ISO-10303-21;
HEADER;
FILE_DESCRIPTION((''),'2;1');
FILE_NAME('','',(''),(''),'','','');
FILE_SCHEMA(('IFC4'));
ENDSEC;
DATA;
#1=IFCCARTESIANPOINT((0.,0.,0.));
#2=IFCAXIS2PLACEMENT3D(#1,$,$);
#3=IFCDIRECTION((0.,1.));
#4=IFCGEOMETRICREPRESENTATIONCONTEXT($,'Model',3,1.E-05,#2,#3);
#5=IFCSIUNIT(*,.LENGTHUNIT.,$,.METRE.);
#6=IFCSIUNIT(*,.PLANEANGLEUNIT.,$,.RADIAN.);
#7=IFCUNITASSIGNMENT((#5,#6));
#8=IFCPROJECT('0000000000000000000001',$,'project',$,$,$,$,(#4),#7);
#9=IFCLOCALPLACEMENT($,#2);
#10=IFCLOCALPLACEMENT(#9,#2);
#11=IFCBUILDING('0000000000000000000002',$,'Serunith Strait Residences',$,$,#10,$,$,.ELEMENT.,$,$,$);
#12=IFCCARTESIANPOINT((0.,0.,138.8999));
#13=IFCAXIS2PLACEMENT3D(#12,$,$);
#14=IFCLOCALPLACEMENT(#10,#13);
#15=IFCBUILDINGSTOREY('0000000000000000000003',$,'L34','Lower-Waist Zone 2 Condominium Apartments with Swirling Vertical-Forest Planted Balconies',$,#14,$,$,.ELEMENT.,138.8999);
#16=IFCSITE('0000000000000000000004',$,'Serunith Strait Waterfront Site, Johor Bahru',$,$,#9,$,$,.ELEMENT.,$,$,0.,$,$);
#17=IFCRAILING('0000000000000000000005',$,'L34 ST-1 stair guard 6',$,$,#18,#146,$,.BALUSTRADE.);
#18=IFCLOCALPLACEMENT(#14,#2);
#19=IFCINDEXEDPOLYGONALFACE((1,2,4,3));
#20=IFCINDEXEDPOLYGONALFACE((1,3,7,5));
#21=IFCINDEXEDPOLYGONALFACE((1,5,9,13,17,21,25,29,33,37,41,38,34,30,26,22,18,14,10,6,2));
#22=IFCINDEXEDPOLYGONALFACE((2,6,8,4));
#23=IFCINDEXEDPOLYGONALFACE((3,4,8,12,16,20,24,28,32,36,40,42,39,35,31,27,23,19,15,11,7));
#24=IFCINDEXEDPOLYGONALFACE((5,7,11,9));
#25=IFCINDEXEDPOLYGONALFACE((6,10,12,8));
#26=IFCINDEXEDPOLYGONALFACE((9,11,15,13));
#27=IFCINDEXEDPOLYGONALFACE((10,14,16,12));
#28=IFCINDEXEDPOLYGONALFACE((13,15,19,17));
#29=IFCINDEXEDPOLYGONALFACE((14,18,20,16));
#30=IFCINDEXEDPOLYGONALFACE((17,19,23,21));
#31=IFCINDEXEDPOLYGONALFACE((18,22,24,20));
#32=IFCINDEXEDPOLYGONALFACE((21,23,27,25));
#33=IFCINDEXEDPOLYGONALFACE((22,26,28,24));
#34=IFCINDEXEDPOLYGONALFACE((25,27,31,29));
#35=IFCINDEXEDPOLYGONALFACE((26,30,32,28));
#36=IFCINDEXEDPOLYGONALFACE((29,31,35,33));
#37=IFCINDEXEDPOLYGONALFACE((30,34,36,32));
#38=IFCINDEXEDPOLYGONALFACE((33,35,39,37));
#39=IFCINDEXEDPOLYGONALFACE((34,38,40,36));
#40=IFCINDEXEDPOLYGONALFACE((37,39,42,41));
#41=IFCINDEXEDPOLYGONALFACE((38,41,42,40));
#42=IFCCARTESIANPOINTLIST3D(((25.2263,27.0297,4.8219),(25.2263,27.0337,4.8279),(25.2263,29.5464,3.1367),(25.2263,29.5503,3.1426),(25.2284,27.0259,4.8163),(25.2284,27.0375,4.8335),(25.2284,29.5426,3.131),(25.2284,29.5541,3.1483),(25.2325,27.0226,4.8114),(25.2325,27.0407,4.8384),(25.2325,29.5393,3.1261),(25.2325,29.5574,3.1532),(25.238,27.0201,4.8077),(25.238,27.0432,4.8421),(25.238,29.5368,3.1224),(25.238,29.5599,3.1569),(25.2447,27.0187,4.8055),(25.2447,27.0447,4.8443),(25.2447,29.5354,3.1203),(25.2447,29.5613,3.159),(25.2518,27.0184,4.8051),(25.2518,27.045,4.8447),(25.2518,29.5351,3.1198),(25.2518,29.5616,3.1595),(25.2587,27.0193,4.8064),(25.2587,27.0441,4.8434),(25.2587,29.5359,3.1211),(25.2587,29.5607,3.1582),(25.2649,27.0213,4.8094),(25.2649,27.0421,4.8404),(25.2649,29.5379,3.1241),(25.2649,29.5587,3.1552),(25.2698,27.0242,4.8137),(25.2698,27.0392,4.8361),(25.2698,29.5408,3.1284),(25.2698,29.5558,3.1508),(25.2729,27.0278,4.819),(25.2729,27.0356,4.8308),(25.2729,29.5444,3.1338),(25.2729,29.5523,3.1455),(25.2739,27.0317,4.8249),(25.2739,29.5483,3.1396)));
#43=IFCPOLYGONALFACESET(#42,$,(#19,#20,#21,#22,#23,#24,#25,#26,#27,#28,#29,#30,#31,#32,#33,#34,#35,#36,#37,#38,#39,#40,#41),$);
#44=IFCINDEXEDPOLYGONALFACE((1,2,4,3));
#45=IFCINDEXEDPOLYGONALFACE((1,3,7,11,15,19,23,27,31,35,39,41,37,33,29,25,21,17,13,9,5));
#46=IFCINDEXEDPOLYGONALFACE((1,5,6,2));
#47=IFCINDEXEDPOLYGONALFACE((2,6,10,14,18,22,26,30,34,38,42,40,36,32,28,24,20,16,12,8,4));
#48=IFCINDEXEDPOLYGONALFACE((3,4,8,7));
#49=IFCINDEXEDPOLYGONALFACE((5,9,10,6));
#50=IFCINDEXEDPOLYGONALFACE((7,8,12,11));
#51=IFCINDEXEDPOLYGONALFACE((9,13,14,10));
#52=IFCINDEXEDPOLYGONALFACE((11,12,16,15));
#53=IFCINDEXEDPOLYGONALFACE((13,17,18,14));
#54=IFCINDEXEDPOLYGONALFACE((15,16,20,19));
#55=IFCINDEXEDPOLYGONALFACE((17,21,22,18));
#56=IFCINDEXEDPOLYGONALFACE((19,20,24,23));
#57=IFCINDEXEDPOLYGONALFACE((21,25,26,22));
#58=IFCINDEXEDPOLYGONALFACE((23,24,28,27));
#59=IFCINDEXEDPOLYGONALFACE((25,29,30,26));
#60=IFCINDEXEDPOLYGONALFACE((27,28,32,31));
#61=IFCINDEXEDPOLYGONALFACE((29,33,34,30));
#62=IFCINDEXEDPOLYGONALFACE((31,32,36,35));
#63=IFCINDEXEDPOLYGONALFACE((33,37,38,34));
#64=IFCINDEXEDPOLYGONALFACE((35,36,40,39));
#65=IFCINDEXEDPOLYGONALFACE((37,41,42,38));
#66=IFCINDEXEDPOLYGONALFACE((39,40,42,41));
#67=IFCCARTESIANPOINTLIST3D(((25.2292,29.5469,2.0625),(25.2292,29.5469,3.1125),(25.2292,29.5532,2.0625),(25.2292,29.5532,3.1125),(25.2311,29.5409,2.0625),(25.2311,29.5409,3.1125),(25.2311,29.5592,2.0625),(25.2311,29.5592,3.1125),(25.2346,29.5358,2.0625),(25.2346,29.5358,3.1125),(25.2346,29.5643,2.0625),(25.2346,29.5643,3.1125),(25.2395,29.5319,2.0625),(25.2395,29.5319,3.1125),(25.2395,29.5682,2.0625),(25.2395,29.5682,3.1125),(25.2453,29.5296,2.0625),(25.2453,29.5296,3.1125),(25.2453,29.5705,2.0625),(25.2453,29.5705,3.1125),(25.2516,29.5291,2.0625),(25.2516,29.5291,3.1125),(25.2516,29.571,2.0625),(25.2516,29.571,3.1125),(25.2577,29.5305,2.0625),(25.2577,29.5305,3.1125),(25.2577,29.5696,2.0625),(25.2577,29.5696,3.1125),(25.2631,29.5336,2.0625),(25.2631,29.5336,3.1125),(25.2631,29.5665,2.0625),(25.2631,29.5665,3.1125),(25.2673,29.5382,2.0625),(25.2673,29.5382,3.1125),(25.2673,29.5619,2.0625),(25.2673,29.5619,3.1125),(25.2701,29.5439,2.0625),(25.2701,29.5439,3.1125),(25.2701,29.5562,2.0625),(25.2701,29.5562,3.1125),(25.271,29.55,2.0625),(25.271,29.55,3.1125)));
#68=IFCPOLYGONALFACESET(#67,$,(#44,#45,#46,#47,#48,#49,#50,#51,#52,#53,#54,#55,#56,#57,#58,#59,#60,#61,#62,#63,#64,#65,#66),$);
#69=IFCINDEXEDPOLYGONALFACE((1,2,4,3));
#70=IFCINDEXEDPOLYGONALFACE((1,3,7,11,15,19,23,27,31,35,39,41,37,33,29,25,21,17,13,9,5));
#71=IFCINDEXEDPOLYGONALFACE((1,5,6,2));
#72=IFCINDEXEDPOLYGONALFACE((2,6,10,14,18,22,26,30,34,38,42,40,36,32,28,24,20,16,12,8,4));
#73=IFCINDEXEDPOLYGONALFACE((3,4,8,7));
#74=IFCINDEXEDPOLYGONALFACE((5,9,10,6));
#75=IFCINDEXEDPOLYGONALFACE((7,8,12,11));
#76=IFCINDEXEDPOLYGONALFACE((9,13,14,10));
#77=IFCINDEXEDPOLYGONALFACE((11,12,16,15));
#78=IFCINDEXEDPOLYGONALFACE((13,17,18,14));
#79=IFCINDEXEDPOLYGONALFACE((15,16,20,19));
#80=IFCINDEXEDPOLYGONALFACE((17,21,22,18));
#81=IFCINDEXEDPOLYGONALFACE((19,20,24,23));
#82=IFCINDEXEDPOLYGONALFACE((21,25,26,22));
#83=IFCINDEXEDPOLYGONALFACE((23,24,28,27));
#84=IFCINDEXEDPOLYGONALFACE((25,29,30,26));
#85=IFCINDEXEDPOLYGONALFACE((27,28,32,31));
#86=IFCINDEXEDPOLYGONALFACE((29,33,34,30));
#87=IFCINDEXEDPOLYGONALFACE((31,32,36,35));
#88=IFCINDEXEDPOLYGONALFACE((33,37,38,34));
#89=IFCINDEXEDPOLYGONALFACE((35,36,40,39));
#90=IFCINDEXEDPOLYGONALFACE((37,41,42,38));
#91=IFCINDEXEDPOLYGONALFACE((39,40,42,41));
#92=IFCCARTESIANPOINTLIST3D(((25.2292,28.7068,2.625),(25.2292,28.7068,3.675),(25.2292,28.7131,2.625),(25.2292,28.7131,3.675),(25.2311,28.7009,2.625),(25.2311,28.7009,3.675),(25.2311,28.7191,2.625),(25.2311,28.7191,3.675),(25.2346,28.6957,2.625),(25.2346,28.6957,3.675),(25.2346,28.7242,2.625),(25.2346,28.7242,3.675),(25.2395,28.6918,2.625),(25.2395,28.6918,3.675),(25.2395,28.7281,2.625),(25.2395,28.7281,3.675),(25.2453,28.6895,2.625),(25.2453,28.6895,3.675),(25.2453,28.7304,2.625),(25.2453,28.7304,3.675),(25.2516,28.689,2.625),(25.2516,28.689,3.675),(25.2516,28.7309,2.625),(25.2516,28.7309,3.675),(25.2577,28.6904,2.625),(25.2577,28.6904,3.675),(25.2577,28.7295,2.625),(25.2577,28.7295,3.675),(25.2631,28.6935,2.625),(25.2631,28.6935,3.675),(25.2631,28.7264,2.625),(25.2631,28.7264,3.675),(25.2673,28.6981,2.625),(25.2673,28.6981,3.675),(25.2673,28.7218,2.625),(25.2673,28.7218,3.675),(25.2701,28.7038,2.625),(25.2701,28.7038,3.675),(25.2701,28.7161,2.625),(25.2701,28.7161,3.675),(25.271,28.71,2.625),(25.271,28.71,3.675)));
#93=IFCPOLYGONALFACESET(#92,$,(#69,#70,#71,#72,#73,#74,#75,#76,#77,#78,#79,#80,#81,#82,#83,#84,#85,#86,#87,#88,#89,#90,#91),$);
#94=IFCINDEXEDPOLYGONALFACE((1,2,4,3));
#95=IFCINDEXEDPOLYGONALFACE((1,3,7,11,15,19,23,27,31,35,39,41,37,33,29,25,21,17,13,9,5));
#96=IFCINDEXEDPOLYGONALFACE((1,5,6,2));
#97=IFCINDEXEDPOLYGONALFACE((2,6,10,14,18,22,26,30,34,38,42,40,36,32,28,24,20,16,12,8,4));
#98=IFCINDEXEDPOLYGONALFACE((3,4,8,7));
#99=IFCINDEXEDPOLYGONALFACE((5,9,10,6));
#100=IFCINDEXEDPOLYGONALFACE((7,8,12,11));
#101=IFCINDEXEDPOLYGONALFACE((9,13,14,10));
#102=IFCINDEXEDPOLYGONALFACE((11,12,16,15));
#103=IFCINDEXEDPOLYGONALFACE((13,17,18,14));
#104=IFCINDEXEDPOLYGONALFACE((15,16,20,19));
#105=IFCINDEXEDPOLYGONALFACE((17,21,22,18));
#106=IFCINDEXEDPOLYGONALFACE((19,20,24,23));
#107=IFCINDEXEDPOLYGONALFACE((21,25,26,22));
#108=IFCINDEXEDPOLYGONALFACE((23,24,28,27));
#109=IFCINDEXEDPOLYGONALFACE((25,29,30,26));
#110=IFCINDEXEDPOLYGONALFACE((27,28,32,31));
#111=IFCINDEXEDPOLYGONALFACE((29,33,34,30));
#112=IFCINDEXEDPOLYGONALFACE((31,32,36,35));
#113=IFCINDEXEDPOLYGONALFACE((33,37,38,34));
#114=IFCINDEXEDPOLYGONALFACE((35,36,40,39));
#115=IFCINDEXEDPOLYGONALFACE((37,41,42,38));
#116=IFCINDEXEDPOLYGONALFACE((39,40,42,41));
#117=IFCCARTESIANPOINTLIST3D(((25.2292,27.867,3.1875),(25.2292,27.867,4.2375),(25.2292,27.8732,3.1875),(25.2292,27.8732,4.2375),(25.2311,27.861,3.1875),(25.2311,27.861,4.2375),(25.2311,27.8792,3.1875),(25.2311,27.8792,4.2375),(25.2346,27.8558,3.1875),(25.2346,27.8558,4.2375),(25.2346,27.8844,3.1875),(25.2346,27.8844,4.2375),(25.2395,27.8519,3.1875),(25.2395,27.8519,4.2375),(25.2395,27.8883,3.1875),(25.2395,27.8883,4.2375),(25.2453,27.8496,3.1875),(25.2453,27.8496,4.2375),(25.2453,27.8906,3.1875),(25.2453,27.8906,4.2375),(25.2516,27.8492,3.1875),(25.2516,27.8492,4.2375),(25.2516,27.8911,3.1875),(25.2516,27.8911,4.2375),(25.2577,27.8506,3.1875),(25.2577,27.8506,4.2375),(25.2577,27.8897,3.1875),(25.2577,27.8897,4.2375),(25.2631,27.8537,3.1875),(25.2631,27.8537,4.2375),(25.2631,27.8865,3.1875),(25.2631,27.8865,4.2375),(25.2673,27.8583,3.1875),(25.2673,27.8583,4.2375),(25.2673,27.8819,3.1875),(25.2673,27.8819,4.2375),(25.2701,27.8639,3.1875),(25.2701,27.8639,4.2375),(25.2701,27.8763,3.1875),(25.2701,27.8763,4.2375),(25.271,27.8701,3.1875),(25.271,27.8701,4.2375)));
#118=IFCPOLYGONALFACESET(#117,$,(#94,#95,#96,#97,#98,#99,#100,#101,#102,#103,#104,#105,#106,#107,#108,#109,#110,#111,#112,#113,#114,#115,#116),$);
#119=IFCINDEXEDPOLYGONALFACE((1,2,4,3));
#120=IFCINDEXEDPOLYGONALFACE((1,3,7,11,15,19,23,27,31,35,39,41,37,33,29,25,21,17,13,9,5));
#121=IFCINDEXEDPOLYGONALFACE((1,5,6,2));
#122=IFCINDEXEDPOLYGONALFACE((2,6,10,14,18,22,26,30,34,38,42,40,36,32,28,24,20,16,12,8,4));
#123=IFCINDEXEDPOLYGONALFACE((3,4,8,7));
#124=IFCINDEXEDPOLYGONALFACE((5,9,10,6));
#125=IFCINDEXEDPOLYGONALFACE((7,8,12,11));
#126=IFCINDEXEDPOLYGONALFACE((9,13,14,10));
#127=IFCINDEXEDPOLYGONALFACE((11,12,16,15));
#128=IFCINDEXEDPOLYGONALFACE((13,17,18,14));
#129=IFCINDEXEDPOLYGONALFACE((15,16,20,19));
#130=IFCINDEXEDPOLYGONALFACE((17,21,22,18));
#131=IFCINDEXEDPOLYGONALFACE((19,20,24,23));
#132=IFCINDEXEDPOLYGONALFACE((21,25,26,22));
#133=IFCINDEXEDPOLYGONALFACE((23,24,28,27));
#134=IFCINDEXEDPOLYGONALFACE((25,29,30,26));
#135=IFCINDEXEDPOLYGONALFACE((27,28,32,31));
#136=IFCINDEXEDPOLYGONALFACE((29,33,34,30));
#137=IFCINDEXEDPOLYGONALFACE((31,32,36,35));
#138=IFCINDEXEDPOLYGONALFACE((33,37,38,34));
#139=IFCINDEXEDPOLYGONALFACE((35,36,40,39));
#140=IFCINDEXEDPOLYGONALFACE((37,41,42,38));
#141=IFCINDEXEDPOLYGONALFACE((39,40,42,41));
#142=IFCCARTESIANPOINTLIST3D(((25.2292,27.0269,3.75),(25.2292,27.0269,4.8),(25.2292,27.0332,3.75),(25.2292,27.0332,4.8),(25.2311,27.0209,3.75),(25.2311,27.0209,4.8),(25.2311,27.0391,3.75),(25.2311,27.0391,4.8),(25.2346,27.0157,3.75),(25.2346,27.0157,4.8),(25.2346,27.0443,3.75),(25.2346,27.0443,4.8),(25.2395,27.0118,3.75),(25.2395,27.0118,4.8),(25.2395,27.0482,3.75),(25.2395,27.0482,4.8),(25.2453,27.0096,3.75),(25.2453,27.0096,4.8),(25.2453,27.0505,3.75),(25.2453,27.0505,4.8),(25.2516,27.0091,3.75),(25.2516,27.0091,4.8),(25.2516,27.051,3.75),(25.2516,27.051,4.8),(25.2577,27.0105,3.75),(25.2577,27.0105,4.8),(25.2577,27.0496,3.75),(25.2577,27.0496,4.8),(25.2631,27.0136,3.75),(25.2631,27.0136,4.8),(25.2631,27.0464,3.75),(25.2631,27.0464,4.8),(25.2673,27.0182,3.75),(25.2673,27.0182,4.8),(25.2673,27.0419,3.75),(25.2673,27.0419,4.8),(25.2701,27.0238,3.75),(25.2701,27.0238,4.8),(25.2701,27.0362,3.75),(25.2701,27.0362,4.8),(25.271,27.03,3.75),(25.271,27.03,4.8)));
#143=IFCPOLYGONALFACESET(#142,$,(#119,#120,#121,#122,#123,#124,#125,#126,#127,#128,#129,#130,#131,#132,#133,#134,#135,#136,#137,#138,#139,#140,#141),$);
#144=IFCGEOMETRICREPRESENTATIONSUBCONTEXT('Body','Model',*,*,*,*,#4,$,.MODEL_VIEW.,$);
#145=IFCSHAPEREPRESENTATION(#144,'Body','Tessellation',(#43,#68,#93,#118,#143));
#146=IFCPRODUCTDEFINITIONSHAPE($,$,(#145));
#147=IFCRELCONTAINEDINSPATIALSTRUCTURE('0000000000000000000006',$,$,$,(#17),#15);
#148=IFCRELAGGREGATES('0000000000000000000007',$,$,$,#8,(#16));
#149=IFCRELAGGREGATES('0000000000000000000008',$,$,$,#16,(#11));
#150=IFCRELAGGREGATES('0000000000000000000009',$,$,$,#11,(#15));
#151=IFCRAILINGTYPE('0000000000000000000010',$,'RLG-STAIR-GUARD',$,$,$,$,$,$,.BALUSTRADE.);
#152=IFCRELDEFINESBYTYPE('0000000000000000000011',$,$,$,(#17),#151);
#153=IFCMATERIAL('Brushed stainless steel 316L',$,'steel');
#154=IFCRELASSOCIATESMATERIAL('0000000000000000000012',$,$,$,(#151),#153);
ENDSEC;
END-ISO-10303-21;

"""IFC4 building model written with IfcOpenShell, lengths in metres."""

from ifc_helpers import new_model, si_unit, direction, frame, origin, origin_2d, place, context, subcontext, project, spatial, circle, extrude, material, type_object, element, save


model = new_model("IFC4")

# Units and contexts
model_context = context("Model", 3, precision=1e-05, world=origin(), true_north=direction((0.0, 1.0)))
body_context = subcontext(model_context, "Body", "Model", "MODEL_VIEW")
ifc_project = project(units=[si_unit("LENGTHUNIT", "METRE"), si_unit("PLANEANGLEUNIT", "RADIAN")], contexts=[model_context])

# Site, building, storey
site_placement = place(None, origin())
site = spatial("IfcSite", under=ifc_project, at=site_placement, Name="Serunith Strait Waterfront Site, Johor Bahru", CompositionType="ELEMENT", RefElevation=0.0)
building_placement = place(site_placement, origin())
building = spatial("IfcBuilding", under=site, at=building_placement, Name="Serunith Strait Residences", CompositionType="ELEMENT")
storey_placement = place(building_placement, frame((0.0, 0.0, 138.8999)))
storey = spatial("IfcBuildingStorey", under=building, at=storey_placement, Name="L34", Description="Lower-Waist Zone 2 Condominium Apartments with Swirling Vertical-Forest Planted Balconies", CompositionType="ELEMENT", Elevation=138.8999)

# Railing
ifc_material_1 = material(Name="Brushed stainless steel 316L", Category="steel")
railing_type_1 = type_object("IfcRailingType", Name="RLG-STAIR-GUARD", PredefinedType="BALUSTRADE", material=ifc_material_1)
railing_1_placement = place(storey_placement, frame((25.25, 29.55, 2.0625)))
element("IfcRailing", 1, at=railing_1_placement, inside=storey, type_object=railing_type_1, Name="L34 ST-1 stair guard 6", PredefinedType="BALUSTRADE", context=body_context, shape_type="SweptSolid", body=[
    extrude(circle(Radius=0.0239, at=origin_2d()), frame((0.0, -0.0017, 1.0771), z_axis=(0.0, -0.830909, 0.556408), x_axis=(1.0, 0.0, 0.0)), (0.0, 0.0, 1.0), 3.0288),
    extrude(circle(Radius=0.021, at=origin_2d()), origin(), (0.0, 0.0, 1.0), 1.05),
    extrude(circle(Radius=0.021, at=origin_2d()), frame((0.0, -0.8401, 0.5625)), (0.0, 0.0, 1.0), 1.05),
    extrude(circle(Radius=0.021, at=origin_2d()), frame((0.0, -1.6799, 1.125)), (0.0, 0.0, 1.0), 1.05),
    extrude(circle(Radius=0.021, at=origin_2d()), frame((0.0, -2.52, 1.6875)), (0.0, 0.0, 1.0), 1.05),
])

save(model, "model.ifc")
